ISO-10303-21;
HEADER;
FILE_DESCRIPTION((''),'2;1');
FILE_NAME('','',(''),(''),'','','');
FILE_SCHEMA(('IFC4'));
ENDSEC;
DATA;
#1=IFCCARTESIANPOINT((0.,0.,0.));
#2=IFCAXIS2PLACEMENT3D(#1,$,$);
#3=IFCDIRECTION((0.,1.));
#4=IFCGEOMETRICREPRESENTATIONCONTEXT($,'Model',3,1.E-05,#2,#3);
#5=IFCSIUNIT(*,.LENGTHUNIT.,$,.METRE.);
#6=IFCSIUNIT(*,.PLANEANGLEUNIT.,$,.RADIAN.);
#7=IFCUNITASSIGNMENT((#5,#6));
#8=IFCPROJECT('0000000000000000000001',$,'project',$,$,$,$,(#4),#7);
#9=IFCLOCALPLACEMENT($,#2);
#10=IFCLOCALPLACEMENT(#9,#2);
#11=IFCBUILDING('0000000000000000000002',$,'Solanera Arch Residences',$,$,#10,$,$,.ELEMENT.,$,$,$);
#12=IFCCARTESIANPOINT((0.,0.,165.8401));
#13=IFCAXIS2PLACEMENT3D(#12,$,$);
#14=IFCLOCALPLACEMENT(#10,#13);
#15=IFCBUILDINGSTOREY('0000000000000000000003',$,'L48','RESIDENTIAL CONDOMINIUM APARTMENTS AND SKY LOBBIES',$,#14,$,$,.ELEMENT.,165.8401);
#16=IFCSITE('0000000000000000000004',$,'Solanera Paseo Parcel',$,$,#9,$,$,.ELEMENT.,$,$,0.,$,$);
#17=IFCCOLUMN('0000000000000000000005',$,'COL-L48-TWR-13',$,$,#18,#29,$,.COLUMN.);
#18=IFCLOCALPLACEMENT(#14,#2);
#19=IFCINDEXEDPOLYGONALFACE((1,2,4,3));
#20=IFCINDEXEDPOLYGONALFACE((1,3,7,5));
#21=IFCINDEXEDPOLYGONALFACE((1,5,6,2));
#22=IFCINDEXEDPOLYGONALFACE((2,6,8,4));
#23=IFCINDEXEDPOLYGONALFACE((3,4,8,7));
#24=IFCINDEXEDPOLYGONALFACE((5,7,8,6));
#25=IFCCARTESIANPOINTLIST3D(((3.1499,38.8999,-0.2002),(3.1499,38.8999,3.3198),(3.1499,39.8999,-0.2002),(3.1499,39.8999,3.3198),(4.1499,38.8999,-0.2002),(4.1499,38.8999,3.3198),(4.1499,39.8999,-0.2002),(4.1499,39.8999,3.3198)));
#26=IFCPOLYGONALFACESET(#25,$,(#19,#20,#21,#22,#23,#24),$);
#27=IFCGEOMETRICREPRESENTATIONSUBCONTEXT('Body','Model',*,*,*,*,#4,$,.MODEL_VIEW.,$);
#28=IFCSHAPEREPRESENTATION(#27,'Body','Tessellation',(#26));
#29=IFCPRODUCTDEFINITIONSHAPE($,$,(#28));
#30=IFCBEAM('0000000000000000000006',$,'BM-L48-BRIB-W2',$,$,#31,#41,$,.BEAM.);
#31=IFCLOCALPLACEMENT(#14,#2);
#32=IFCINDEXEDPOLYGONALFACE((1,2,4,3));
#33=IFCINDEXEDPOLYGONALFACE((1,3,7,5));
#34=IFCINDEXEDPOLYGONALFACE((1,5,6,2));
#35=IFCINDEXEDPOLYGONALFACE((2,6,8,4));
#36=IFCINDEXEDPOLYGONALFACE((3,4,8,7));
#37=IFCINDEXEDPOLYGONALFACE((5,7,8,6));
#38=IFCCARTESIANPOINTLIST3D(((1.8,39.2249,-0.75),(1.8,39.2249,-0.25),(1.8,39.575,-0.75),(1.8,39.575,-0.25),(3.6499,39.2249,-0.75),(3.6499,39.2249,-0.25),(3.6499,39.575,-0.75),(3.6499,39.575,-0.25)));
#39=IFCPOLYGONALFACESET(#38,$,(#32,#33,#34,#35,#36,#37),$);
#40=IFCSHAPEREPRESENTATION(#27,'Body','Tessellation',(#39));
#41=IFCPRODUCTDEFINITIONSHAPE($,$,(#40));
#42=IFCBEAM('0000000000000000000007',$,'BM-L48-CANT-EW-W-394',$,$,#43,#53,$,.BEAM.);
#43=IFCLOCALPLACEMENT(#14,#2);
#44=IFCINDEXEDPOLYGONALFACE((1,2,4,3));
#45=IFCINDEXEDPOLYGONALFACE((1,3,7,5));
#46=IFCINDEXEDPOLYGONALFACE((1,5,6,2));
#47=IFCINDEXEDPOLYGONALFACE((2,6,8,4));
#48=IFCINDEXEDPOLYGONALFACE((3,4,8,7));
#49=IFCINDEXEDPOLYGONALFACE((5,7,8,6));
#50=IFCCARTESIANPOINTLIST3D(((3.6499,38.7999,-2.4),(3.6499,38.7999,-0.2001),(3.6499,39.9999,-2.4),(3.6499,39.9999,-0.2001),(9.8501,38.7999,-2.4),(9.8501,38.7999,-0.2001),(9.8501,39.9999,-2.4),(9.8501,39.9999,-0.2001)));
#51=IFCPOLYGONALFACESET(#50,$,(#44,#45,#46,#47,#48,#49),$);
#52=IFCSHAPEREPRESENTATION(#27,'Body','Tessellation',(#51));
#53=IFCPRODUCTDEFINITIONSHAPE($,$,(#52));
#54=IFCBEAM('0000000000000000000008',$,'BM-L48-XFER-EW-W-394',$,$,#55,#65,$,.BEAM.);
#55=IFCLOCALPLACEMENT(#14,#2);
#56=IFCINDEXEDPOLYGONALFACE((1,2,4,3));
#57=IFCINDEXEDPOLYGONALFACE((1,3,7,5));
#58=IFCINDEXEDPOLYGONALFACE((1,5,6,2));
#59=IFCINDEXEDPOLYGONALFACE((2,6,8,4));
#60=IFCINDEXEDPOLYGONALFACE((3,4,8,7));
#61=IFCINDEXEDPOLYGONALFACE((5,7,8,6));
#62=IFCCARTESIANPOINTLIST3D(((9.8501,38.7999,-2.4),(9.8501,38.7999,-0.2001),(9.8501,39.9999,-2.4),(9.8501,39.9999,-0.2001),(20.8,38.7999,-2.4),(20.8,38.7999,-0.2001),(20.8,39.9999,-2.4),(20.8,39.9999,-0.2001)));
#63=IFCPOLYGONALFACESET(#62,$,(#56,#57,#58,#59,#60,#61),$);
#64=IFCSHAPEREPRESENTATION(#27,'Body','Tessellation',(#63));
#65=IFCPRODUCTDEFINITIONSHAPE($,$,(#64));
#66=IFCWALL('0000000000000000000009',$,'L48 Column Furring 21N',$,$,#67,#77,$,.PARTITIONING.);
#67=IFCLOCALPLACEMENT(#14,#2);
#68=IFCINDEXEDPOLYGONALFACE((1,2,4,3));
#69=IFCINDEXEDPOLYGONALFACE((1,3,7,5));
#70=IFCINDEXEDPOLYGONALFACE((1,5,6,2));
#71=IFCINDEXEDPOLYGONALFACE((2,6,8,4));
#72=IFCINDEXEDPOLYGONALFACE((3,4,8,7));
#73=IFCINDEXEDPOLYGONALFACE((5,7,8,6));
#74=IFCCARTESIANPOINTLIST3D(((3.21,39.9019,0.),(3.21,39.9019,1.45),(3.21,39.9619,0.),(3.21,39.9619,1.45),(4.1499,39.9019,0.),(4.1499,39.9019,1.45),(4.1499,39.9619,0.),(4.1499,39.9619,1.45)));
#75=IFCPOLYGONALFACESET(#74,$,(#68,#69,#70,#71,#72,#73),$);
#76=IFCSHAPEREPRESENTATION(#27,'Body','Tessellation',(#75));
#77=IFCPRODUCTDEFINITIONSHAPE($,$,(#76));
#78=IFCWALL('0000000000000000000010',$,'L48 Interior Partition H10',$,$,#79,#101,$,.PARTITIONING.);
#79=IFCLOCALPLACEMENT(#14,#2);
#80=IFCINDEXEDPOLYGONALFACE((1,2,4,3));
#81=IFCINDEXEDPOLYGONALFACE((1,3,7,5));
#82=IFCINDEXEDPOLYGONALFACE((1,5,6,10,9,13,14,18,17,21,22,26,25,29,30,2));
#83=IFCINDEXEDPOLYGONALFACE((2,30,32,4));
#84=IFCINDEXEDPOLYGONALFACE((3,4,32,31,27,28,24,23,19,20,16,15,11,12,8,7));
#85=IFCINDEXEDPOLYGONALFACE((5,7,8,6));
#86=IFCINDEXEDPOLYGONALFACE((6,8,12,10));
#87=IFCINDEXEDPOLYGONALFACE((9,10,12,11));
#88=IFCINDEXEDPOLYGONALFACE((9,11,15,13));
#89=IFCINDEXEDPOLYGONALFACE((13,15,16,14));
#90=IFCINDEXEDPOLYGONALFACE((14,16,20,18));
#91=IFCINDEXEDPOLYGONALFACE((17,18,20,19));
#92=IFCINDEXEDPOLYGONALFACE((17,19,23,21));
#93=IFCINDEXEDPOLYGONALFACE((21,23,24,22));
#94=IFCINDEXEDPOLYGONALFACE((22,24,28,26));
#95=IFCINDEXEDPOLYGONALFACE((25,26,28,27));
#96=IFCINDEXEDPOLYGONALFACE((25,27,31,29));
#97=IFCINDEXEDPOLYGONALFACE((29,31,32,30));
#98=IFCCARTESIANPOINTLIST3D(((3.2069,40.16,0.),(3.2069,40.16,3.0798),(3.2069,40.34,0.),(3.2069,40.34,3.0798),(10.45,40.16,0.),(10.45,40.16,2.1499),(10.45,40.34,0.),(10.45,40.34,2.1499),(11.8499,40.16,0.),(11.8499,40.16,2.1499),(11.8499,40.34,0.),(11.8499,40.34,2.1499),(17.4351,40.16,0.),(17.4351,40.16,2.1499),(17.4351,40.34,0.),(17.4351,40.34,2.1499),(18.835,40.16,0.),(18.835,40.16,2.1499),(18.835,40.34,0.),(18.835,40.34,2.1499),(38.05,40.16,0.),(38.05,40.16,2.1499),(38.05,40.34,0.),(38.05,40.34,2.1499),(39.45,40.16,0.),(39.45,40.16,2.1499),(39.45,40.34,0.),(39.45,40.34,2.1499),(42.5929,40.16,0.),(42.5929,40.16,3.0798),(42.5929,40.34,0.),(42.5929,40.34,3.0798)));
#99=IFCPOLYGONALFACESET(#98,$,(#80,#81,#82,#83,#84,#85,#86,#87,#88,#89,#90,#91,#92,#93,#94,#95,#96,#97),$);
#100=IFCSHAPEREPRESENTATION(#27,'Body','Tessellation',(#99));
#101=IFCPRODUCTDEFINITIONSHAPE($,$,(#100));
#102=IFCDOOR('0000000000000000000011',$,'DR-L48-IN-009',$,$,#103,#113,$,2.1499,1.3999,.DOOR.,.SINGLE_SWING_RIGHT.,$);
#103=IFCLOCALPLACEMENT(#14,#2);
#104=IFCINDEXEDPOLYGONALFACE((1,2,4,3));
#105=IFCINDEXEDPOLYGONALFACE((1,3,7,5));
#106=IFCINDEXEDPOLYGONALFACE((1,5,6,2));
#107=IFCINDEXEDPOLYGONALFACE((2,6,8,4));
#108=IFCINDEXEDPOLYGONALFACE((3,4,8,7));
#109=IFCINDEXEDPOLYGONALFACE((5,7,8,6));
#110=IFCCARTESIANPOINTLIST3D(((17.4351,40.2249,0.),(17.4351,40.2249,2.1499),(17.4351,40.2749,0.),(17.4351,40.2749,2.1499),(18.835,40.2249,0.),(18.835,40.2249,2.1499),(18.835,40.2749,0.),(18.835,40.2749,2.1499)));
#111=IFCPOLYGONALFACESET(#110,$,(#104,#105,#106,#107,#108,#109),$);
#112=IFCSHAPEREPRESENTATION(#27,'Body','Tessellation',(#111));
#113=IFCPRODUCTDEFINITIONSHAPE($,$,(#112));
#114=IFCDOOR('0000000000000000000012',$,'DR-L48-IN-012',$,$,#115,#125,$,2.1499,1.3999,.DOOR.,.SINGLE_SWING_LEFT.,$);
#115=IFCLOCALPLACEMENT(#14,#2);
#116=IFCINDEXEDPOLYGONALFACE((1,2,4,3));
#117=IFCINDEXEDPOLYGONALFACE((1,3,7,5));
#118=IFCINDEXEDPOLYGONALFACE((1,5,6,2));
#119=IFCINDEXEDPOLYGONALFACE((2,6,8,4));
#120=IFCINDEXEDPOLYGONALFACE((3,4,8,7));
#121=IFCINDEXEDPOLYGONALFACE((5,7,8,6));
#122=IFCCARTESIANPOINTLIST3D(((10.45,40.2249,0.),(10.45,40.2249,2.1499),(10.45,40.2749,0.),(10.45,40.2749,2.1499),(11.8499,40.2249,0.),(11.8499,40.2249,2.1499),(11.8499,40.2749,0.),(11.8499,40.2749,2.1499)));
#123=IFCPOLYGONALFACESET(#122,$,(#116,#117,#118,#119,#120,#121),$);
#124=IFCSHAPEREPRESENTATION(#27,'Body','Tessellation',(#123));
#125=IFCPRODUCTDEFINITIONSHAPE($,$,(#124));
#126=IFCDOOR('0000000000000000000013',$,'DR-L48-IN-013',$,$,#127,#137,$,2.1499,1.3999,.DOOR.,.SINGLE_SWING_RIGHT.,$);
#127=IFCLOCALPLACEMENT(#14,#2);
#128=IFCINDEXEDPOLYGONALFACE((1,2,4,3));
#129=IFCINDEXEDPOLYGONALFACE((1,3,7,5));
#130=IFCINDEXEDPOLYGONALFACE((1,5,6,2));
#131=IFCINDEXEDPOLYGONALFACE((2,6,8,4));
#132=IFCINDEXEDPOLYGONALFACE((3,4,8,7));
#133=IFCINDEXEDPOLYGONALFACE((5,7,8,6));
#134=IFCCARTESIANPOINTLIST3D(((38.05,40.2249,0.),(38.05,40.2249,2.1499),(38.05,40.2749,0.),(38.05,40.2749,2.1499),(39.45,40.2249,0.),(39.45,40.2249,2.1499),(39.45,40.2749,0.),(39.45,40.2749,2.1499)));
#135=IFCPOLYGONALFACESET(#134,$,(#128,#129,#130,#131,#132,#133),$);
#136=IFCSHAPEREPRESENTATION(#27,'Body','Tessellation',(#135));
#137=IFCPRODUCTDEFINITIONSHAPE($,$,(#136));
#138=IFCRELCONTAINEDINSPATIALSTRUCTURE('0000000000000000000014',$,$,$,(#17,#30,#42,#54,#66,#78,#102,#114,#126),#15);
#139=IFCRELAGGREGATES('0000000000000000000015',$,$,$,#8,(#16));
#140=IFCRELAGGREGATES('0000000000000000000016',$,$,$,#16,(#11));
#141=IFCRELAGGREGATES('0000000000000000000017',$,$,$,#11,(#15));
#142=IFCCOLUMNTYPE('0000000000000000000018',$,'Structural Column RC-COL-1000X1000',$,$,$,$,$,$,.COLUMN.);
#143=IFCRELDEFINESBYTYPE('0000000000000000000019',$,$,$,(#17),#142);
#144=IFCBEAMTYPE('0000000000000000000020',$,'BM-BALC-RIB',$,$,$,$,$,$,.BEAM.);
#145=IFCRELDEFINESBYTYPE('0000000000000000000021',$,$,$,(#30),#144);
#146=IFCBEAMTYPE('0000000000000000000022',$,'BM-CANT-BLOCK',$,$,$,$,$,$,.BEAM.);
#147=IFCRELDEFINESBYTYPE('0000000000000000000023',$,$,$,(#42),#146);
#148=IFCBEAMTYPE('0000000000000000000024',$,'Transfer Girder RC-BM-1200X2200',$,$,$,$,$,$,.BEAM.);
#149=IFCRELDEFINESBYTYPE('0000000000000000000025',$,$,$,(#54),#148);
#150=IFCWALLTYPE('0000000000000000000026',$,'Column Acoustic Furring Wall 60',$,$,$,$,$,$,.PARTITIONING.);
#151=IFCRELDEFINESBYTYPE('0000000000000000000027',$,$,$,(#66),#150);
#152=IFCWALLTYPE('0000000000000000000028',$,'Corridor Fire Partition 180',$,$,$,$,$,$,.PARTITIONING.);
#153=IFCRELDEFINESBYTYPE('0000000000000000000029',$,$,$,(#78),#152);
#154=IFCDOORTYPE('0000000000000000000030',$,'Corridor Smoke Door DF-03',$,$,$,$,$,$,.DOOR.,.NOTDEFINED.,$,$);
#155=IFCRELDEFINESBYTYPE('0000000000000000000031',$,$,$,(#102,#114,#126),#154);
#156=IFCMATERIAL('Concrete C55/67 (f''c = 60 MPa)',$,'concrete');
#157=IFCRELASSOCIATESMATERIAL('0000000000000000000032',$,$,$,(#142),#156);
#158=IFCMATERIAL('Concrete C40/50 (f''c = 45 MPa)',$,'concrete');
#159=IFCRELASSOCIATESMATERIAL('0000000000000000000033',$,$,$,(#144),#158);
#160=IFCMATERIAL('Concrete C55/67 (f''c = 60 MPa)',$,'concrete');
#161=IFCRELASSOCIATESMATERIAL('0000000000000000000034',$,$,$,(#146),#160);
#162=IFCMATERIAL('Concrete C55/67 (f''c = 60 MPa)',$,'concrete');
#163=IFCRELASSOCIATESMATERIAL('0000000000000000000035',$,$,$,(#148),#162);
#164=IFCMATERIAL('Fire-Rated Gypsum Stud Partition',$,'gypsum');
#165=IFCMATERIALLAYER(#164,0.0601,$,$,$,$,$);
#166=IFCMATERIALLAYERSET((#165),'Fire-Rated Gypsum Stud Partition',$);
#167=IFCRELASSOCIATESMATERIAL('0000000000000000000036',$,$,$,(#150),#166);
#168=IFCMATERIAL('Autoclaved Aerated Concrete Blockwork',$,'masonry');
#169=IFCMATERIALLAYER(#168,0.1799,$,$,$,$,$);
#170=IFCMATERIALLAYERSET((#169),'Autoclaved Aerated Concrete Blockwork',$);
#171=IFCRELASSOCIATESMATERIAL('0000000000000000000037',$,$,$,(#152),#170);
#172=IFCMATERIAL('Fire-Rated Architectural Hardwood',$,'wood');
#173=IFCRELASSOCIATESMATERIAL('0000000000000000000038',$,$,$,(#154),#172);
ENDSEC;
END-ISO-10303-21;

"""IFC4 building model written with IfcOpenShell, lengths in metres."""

from ifc_helpers import new_model, si_unit, direction, frame, frame_2d, origin, origin_2d, place, context, subcontext, project, spatial, rectangle, extrude, material, layer, layer_set, material_profile, profile_set, type_object, element, fill, save


model = new_model("IFC4")

# Units and contexts
model_context = context("Model", 3, precision=1e-05, world=origin(), true_north=direction((0.0, 1.0)))
body_context = subcontext(model_context, "Body", "Model", "MODEL_VIEW")
ifc_project = project(units=[si_unit("LENGTHUNIT", "METRE"), si_unit("PLANEANGLEUNIT", "RADIAN")], contexts=[model_context])

# Site, building, storey
site_placement = place(None, origin())
site = spatial("IfcSite", under=ifc_project, at=site_placement, Name="Solanera Paseo Parcel", CompositionType="ELEMENT", RefElevation=0.0)
building_placement = place(site_placement, origin())
building = spatial("IfcBuilding", under=site, at=building_placement, Name="Solanera Arch Residences", CompositionType="ELEMENT")
storey_placement = place(building_placement, frame((0.0, 0.0, 165.8401)))
storey = spatial("IfcBuildingStorey", under=building, at=storey_placement, Name="L48", Description="RESIDENTIAL CONDOMINIUM APARTMENTS AND SKY LOBBIES", CompositionType="ELEMENT", Elevation=165.8401)

# Column
ifc_material_1 = material(Name="Concrete C55/67 (f'c = 60 MPa)", Category="concrete")
ifc_material_profile_1 = material_profile(ifc_material_1, rectangle(XDim=1.0, YDim=1.0, at=origin_2d()))
ifc_profile_set_1 = profile_set([ifc_material_profile_1], Name="Concrete C55/67 (f'c = 60 MPa)")
column_type = type_object("IfcColumnType", Name="Structural Column RC-COL-1000X1000", PredefinedType="COLUMN", material=ifc_profile_set_1)
column_placement = place(storey_placement, frame((3.6499, 39.3999, -0.2002), z_axis=(0.0, 0.0, 1.0), x_axis=(1.0, 0.0, 0.0)))
element("IfcColumn", 1, at=column_placement, inside=storey, type_object=column_type, Name="COL-L48-TWR-13", PredefinedType="COLUMN", context=body_context, shape_type="SweptSolid", body=[
    extrude(rectangle(XDim=1.0, YDim=1.0, at=origin_2d()), origin(), (0.0, 0.0, 1.0), 3.52),
])

# Beams
ifc_material_2 = material(Name="Concrete C40/50 (f'c = 45 MPa)", Category="concrete")
ifc_material_profile_2 = material_profile(ifc_material_2, rectangle(XDim=0.3501, YDim=0.5, at=origin_2d()))
ifc_profile_set_2 = profile_set([ifc_material_profile_2], Name="Concrete C40/50 (f'c = 45 MPa)")
beam_type_1 = type_object("IfcBeamType", Name="BM-BALC-RIB", PredefinedType="BEAM", material=ifc_profile_set_2)
beam_1_placement = place(storey_placement, frame((1.8, 39.3999, -0.5), z_axis=(1.0, 0.0, 0.0), x_axis=(0.0, 1.0, 0.0)))
element("IfcBeam", 2, at=beam_1_placement, inside=storey, type_object=beam_type_1, Name="BM-L48-BRIB-W2", PredefinedType="BEAM", context=body_context, shape_type="SweptSolid", body=[
    extrude(rectangle(XDim=0.3501, YDim=0.5, at=origin_2d()), origin(), (0.0, 0.0, 1.0), 1.8499),
])
ifc_material_3 = material(Name="Concrete C55/67 (f'c = 60 MPa)", Category="concrete")
ifc_material_profile_3 = material_profile(ifc_material_3, rectangle(XDim=1.2, YDim=2.2, at=origin_2d()))
ifc_profile_set_3 = profile_set([ifc_material_profile_3], Name="Concrete C55/67 (f'c = 60 MPa)")
beam_type_2 = type_object("IfcBeamType", Name="BM-CANT-BLOCK", PredefinedType="BEAM", material=ifc_profile_set_3)
beam_2_placement = place(storey_placement, frame((3.6499, 39.3999, -1.3), z_axis=(1.0, 0.0, 0.0), x_axis=(0.0, 1.0, 0.0)))
element("IfcBeam", 3, at=beam_2_placement, inside=storey, type_object=beam_type_2, Name="BM-L48-CANT-EW-W-394", PredefinedType="BEAM", context=body_context, shape_type="SweptSolid", body=[
    extrude(rectangle(XDim=1.2, YDim=2.2, at=origin_2d()), origin(), (0.0, 0.0, 1.0), 6.2002),
])
ifc_material_4 = material(Name="Concrete C55/67 (f'c = 60 MPa)", Category="concrete")
ifc_material_profile_4 = material_profile(ifc_material_4, rectangle(XDim=1.2, YDim=2.2, at=origin_2d()))
ifc_profile_set_4 = profile_set([ifc_material_profile_4], Name="Concrete C55/67 (f'c = 60 MPa)")
beam_type_3 = type_object("IfcBeamType", Name="Transfer Girder RC-BM-1200X2200", PredefinedType="BEAM", material=ifc_profile_set_4)
beam_3_placement = place(storey_placement, frame((9.8501, 39.3999, -1.3), z_axis=(1.0, 0.0, 0.0), x_axis=(0.0, 1.0, 0.0)))
element("IfcBeam", 4, at=beam_3_placement, inside=storey, type_object=beam_type_3, Name="BM-L48-XFER-EW-W-394", PredefinedType="BEAM", context=body_context, shape_type="SweptSolid", body=[
    extrude(rectangle(XDim=1.2, YDim=2.2, at=origin_2d()), origin(), (0.0, 0.0, 1.0), 10.95),
])

# Wall
ifc_material_5 = material(Name="Fire-Rated Gypsum Stud Partition", Category="gypsum")
ifc_layer_1 = layer(ifc_material_5, 0.0601)
ifc_layer_set_1 = layer_set([ifc_layer_1], Name="Fire-Rated Gypsum Stud Partition")
wall_type_1 = type_object("IfcWallType", Name="Column Acoustic Furring Wall 60", PredefinedType="PARTITIONING", material=ifc_layer_set_1)
wall_1_placement = place(storey_placement, frame((3.21, 39.9319, 0.0), z_axis=(0.0, 0.0, 1.0), x_axis=(1.0, 0.0, 0.0)))
element("IfcWall", 5, at=wall_1_placement, inside=storey, type_object=wall_type_1, Name="L48 Column Furring 21N", PredefinedType="PARTITIONING", context=body_context, shape_type="SweptSolid", body=[
    extrude(rectangle(XDim=0.9399, YDim=0.0601, at=frame_2d((0.47, 0.0))), origin(), (0.0, 0.0, 1.0), 1.45),
])

# Wall, openings, doors
ifc_material_6 = material(Name="Autoclaved Aerated Concrete Blockwork", Category="masonry")
ifc_layer_2 = layer(ifc_material_6, 0.1799)
ifc_layer_set_2 = layer_set([ifc_layer_2], Name="Autoclaved Aerated Concrete Blockwork")
wall_type_2 = type_object("IfcWallType", Name="Corridor Fire Partition 180", PredefinedType="PARTITIONING", material=ifc_layer_set_2)
wall_2_placement = place(storey_placement, frame((3.207, 40.25, 0.0), z_axis=(0.0, 0.0, 1.0), x_axis=(1.0, 0.0, 0.0)))
wall_2 = element("IfcWall", 6, at=wall_2_placement, inside=storey, type_object=wall_type_2, Name="L48 Interior Partition H10", PredefinedType="PARTITIONING", context=body_context, shape_type="SweptSolid", body=[
    extrude(rectangle(XDim=39.386, YDim=0.1799, at=frame_2d((19.6929, 0.0))), origin(), (0.0, 0.0, 1.0), 3.0798),
])
opening_1_placement = place(wall_2_placement, frame((14.228, 0.0, 0.0)))
opening_1 = element("IfcOpeningElement", 7, at=opening_1_placement, cuts=wall_2, PredefinedType="OPENING", context=body_context, shape_type="SweptSolid", body=[
    extrude(rectangle(XDim=1.3999, YDim=2.1499, at=frame_2d((0.7, 1.075))), frame((0.0, 0.1001, 0.0), z_axis=(0.0, -1.0, 0.0), x_axis=(1.0, 0.0, 0.0)), (0.0, 0.0, 1.0), 0.1999),
])
opening_2_placement = place(wall_2_placement, frame((7.2429, 0.0, 0.0)))
opening_2 = element("IfcOpeningElement", 8, at=opening_2_placement, cuts=wall_2, PredefinedType="OPENING", context=body_context, shape_type="SweptSolid", body=[
    extrude(rectangle(XDim=1.3999, YDim=2.1499, at=frame_2d((0.7, 1.075))), frame((0.0, 0.1001, 0.0), z_axis=(0.0, -1.0, 0.0), x_axis=(1.0, 0.0, 0.0)), (0.0, 0.0, 1.0), 0.1999),
])
opening_3_placement = place(wall_2_placement, frame((34.843, 0.0, 0.0)))
opening_3 = element("IfcOpeningElement", 9, at=opening_3_placement, cuts=wall_2, PredefinedType="OPENING", context=body_context, shape_type="SweptSolid", body=[
    extrude(rectangle(XDim=1.3999, YDim=2.1499, at=frame_2d((0.7, 1.075))), frame((0.0, 0.1001, 0.0), z_axis=(0.0, -1.0, 0.0), x_axis=(1.0, 0.0, 0.0)), (0.0, 0.0, 1.0), 0.1999),
])
ifc_material_7 = material(Name="Fire-Rated Architectural Hardwood", Category="wood")
door_type_1 = type_object("IfcDoorType", Name="Corridor Smoke Door DF-03", OperationType="NOTDEFINED", PredefinedType="DOOR", material=ifc_material_7)
door_1_placement = place(opening_1_placement, origin())
door_1 = element("IfcDoor", 10, at=door_1_placement, inside=storey, type_object=door_type_1, Name="DR-L48-IN-009", OperationType="SINGLE_SWING_RIGHT", OverallHeight=2.1499, OverallWidth=1.3999, PredefinedType="DOOR", context=body_context, shape_type="SweptSolid", body=[
    extrude(rectangle(XDim=1.3999, YDim=2.1499, at=frame_2d((0.7, 1.075))), frame((0.0, 0.0249, 0.0), z_axis=(0.0, -1.0, 0.0), x_axis=(1.0, 0.0, 0.0)), (0.0, 0.0, 1.0), 0.05),
])
fill(opening_1, door_1)
door_2_placement = place(opening_2_placement, origin())
door_2 = element("IfcDoor", 11, at=door_2_placement, inside=storey, type_object=door_type_1, Name="DR-L48-IN-012", OperationType="SINGLE_SWING_LEFT", OverallHeight=2.1499, OverallWidth=1.3999, PredefinedType="DOOR", context=body_context, shape_type="SweptSolid", body=[
    extrude(rectangle(XDim=1.3999, YDim=2.1499, at=frame_2d((0.7, 1.075))), frame((0.0, 0.0249, 0.0), z_axis=(0.0, -1.0, 0.0), x_axis=(1.0, 0.0, 0.0)), (0.0, 0.0, 1.0), 0.05),
])
fill(opening_2, door_2)
door_3_placement = place(opening_3_placement, origin())
door_3 = element("IfcDoor", 12, at=door_3_placement, inside=storey, type_object=door_type_1, Name="DR-L48-IN-013", OperationType="SINGLE_SWING_RIGHT", OverallHeight=2.1499, OverallWidth=1.3999, PredefinedType="DOOR", context=body_context, shape_type="SweptSolid", body=[
    extrude(rectangle(XDim=1.3999, YDim=2.1499, at=frame_2d((0.7, 1.075))), frame((0.0, 0.0249, 0.0), z_axis=(0.0, -1.0, 0.0), x_axis=(1.0, 0.0, 0.0)), (0.0, 0.0, 1.0), 0.05),
])
fill(opening_3, door_3)

save(model, "model.ifc")
